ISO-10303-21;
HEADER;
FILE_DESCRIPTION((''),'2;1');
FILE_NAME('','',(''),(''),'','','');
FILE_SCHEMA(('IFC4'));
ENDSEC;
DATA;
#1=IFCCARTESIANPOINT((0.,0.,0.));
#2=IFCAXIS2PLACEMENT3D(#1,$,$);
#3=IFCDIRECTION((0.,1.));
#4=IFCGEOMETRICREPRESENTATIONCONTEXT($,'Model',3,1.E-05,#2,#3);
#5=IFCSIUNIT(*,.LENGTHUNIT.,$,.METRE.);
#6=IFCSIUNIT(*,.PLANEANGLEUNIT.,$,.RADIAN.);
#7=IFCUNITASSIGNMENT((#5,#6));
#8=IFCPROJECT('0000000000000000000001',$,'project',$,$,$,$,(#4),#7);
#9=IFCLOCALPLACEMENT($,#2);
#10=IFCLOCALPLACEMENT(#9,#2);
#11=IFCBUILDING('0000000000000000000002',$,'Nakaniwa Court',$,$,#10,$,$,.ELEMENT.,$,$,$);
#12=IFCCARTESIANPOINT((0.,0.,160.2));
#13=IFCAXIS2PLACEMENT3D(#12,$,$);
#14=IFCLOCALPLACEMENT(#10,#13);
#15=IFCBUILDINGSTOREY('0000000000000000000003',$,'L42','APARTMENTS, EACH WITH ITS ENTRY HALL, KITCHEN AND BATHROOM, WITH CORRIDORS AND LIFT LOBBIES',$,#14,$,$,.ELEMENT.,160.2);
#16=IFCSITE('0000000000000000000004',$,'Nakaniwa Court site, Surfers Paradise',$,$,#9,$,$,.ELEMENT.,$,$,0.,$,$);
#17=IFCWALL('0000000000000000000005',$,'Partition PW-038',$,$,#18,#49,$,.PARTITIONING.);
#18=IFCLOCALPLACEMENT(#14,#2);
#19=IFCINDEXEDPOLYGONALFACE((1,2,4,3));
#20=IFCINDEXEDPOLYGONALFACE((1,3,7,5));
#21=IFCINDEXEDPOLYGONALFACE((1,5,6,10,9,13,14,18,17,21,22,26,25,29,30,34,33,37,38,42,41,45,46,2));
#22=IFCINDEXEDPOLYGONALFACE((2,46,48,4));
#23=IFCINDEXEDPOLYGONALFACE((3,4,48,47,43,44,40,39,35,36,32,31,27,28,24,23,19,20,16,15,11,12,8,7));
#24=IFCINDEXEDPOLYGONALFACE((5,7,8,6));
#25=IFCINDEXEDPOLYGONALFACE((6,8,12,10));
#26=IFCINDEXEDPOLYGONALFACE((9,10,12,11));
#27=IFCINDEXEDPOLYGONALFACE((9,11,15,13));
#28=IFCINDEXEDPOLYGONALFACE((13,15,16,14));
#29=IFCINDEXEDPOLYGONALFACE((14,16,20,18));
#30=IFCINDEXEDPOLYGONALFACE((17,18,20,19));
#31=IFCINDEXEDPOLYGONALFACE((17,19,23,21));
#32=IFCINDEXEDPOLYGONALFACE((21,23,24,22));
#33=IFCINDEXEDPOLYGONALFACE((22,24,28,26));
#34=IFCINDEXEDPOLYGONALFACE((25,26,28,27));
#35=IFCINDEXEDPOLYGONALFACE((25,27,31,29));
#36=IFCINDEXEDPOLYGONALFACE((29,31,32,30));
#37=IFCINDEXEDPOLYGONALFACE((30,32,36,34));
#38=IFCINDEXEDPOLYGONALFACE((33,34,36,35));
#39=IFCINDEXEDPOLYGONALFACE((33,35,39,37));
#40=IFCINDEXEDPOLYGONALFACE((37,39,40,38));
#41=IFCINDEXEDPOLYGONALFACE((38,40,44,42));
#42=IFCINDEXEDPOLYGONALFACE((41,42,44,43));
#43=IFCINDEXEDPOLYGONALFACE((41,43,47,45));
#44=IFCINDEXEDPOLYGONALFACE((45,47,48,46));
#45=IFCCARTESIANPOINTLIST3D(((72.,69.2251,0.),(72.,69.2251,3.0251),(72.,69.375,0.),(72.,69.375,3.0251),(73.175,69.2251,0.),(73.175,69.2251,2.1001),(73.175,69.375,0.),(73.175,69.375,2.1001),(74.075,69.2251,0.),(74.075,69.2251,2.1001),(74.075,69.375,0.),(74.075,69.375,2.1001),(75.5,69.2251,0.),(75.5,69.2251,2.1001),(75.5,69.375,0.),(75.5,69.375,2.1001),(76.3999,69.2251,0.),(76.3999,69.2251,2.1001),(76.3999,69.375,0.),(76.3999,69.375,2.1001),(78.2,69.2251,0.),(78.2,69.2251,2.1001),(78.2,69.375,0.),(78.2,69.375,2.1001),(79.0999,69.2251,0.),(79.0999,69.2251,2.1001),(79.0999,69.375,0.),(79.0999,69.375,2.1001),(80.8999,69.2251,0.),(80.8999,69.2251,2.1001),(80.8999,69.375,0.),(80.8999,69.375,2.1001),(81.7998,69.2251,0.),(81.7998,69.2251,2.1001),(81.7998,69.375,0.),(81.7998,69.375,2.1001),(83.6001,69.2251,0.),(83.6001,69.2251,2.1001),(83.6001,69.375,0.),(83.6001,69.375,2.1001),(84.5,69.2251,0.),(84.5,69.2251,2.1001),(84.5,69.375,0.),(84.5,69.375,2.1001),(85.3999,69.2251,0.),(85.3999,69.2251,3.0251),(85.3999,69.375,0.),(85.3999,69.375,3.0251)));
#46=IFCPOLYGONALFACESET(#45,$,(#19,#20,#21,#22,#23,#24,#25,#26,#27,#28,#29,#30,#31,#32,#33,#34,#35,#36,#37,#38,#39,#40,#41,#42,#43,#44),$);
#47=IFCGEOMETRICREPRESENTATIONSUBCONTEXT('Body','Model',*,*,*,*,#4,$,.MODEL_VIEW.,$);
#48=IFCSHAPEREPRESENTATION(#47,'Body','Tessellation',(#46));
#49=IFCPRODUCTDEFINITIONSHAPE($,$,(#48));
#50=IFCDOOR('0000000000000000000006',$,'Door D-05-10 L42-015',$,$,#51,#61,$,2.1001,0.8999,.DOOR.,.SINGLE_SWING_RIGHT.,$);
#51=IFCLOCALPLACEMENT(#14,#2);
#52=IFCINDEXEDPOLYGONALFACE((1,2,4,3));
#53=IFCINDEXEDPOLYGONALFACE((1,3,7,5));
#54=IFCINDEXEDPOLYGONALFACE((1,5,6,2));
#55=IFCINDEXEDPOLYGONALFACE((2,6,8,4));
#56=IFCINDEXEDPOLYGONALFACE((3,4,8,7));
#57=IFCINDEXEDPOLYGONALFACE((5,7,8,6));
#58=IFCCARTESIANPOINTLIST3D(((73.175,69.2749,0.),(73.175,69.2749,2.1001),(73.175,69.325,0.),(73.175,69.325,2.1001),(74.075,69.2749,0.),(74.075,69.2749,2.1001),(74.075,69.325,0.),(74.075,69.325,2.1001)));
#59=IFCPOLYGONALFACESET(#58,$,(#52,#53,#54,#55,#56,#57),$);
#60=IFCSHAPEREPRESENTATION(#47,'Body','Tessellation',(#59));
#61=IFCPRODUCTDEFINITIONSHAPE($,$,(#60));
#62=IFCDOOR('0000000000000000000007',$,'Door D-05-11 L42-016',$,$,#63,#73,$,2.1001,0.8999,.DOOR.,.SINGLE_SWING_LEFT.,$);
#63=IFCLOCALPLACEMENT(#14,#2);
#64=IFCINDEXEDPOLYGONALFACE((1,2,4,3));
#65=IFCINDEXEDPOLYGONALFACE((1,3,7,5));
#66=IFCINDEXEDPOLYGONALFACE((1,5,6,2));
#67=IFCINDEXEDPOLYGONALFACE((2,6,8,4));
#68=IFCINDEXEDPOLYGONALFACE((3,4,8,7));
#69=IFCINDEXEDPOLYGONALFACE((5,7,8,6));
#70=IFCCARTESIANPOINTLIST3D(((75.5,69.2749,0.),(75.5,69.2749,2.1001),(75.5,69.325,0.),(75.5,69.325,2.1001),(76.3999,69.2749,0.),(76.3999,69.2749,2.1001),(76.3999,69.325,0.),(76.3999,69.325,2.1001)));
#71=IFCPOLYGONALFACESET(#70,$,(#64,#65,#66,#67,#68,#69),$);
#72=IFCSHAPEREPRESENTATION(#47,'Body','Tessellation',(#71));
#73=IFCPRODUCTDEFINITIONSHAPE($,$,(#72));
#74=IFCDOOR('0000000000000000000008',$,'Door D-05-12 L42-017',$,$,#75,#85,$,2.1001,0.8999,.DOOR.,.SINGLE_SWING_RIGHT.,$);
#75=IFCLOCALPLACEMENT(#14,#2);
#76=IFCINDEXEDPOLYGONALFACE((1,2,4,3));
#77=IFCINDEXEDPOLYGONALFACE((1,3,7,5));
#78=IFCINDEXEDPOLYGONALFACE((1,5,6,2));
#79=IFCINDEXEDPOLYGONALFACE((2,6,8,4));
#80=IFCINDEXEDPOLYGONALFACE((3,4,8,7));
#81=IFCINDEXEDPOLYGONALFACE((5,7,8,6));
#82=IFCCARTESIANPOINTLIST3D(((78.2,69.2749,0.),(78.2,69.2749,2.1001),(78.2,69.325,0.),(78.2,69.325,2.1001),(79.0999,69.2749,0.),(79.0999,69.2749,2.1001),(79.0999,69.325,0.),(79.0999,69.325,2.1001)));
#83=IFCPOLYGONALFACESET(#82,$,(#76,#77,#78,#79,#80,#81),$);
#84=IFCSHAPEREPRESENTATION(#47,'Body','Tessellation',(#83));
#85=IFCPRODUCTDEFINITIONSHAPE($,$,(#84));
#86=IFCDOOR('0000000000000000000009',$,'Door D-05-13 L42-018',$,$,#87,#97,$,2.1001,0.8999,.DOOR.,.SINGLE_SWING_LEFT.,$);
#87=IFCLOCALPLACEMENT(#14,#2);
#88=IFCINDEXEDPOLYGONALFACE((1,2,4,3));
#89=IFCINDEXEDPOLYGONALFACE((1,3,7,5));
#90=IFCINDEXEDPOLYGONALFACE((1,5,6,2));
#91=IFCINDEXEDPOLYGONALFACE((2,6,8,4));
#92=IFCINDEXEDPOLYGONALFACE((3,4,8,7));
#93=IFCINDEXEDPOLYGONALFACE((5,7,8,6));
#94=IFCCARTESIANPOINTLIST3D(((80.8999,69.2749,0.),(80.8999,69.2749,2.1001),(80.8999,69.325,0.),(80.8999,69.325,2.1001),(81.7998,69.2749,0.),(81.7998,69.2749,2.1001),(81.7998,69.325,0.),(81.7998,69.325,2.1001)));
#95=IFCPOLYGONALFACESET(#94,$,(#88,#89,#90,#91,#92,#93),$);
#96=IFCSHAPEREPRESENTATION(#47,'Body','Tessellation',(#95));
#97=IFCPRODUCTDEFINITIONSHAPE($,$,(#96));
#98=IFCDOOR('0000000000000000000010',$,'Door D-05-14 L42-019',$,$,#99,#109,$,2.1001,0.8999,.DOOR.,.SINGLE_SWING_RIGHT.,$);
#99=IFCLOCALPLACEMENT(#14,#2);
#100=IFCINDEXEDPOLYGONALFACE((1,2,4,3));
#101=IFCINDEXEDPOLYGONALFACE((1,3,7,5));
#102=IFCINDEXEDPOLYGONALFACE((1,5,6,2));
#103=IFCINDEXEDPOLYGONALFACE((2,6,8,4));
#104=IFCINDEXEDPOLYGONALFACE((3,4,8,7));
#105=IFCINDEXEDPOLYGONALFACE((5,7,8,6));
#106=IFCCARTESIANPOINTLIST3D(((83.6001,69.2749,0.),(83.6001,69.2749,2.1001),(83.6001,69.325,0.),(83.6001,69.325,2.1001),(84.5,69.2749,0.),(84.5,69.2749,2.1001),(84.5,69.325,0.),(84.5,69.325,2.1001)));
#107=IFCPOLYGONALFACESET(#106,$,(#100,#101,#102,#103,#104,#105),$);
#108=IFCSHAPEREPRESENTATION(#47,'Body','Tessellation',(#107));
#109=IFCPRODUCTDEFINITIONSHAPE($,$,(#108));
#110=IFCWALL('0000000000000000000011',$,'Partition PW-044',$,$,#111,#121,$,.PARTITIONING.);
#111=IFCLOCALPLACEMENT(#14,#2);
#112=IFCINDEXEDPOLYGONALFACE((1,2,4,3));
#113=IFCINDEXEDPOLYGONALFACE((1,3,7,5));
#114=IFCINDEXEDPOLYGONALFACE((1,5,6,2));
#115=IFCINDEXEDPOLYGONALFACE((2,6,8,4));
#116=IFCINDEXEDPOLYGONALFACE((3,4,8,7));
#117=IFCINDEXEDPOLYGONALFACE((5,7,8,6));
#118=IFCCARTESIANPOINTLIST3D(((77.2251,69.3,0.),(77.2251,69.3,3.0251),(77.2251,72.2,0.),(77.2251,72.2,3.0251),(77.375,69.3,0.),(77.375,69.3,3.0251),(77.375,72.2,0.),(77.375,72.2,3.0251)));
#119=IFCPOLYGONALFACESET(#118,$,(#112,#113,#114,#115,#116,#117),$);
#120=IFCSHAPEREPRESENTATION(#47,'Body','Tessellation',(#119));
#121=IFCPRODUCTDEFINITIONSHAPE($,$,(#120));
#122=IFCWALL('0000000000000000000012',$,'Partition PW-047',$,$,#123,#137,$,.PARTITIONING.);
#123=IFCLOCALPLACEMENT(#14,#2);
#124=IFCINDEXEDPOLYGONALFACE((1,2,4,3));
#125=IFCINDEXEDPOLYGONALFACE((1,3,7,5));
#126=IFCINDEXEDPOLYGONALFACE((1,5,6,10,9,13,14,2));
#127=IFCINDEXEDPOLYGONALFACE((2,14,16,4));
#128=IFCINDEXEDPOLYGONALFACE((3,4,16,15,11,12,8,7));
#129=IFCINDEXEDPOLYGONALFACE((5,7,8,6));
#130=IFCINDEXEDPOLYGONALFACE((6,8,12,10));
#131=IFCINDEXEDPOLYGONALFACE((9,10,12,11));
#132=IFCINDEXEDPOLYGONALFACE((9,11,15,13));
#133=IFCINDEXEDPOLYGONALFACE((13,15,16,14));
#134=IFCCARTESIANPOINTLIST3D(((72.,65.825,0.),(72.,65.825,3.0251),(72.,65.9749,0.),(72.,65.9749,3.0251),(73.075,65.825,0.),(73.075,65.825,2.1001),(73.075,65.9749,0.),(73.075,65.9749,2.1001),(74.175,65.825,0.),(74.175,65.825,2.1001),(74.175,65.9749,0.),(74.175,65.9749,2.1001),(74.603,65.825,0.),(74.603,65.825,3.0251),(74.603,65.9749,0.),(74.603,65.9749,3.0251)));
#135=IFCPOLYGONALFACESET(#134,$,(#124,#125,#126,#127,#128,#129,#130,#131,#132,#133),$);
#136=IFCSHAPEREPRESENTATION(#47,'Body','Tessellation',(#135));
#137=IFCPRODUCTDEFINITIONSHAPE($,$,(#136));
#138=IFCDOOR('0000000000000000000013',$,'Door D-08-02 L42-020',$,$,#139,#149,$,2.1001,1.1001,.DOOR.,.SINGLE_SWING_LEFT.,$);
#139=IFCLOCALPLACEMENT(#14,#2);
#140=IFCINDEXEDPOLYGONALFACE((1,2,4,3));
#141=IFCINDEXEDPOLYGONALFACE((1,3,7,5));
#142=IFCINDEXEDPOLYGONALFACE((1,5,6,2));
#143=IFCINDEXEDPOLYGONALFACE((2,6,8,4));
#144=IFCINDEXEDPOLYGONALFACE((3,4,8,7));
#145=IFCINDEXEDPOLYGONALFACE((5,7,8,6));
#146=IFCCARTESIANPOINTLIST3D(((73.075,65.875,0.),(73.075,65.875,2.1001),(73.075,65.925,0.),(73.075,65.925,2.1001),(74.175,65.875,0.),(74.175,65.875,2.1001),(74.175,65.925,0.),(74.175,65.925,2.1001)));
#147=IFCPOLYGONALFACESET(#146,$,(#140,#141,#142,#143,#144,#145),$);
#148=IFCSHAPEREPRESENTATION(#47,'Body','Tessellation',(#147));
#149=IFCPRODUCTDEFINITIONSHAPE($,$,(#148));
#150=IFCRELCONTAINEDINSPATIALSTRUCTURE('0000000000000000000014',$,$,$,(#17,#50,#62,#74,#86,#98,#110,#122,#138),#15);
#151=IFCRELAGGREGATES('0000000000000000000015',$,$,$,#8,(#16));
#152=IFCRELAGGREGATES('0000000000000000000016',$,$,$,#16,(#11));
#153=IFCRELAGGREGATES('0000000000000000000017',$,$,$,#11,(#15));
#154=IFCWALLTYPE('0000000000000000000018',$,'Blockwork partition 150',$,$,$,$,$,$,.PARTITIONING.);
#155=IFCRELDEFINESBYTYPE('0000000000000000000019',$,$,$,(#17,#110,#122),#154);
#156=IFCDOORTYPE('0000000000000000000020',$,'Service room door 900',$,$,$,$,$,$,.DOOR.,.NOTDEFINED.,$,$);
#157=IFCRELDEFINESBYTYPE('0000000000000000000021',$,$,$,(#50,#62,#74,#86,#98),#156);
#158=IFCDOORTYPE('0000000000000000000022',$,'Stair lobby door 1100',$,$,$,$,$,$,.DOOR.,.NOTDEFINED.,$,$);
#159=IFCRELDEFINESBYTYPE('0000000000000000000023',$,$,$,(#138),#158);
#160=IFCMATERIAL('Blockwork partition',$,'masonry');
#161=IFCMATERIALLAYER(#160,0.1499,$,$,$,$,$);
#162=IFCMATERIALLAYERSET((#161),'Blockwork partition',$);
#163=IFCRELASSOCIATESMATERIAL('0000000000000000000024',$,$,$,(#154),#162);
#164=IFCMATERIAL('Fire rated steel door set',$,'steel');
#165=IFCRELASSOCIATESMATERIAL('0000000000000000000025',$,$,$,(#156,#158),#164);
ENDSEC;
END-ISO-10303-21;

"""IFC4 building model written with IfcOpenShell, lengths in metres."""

from ifc_helpers import new_model, si_unit, direction, frame, frame_2d, origin, place, context, subcontext, project, spatial, rectangle, extrude, material, layer, layer_set, type_object, element, fill, save


model = new_model("IFC4")

# Units and contexts
model_context = context("Model", 3, precision=1e-05, world=origin(), true_north=direction((0.0, 1.0)))
body_context = subcontext(model_context, "Body", "Model", "MODEL_VIEW")
ifc_project = project(units=[si_unit("LENGTHUNIT", "METRE"), si_unit("PLANEANGLEUNIT", "RADIAN")], contexts=[model_context])

# Site, building, storey
site_placement = place(None, origin())
site = spatial("IfcSite", under=ifc_project, at=site_placement, Name="Nakaniwa Court site, Surfers Paradise", CompositionType="ELEMENT", RefElevation=0.0)
building_placement = place(site_placement, origin())
building = spatial("IfcBuilding", under=site, at=building_placement, Name="Nakaniwa Court", CompositionType="ELEMENT")
storey_placement = place(building_placement, frame((0.0, 0.0, 160.2)))
storey = spatial("IfcBuildingStorey", under=building, at=storey_placement, Name="L42", Description="APARTMENTS, EACH WITH ITS ENTRY HALL, KITCHEN AND BATHROOM, WITH CORRIDORS AND LIFT LOBBIES", CompositionType="ELEMENT", Elevation=160.2)

# Shared definitions
ifc_material_1 = material(Name="Blockwork partition", Category="masonry")
ifc_layer_1 = layer(ifc_material_1, 0.1499)
ifc_layer_set_1 = layer_set([ifc_layer_1], Name="Blockwork partition")
wall_type_1 = type_object("IfcWallType", Name="Blockwork partition 150", PredefinedType="PARTITIONING", material=ifc_layer_set_1)

# Wall, openings, doors
wall_1_placement = place(storey_placement, frame((72.0, 69.3, 0.0), z_axis=(0.0, 0.0, 1.0), x_axis=(1.0, 0.0, 0.0)))
wall_1 = element("IfcWall", 1, at=wall_1_placement, inside=storey, type_object=wall_type_1, Name="Partition PW-038", PredefinedType="PARTITIONING", context=body_context, shape_type="SweptSolid", body=[
    extrude(rectangle(XDim=13.3999, YDim=0.1499, at=frame_2d((6.7, 0.0))), origin(), (0.0, 0.0, 1.0), 3.0251),
])
opening_1_placement = place(wall_1_placement, frame((1.175, 0.0, 0.0)))
opening_1 = element("IfcOpeningElement", 2, at=opening_1_placement, cuts=wall_1, PredefinedType="OPENING", context=body_context, shape_type="SweptSolid", body=[
    extrude(rectangle(XDim=0.8999, YDim=2.1001, at=frame_2d((0.45, 1.05))), frame((0.0, 0.085, 0.0), z_axis=(0.0, -1.0, 0.0), x_axis=(1.0, 0.0, 0.0)), (0.0, 0.0, 1.0), 0.1699),
])
opening_2_placement = place(wall_1_placement, frame((3.5, 0.0, 0.0)))
opening_2 = element("IfcOpeningElement", 3, at=opening_2_placement, cuts=wall_1, PredefinedType="OPENING", context=body_context, shape_type="SweptSolid", body=[
    extrude(rectangle(XDim=0.8999, YDim=2.1001, at=frame_2d((0.45, 1.05))), frame((0.0, 0.085, 0.0), z_axis=(0.0, -1.0, 0.0), x_axis=(1.0, 0.0, 0.0)), (0.0, 0.0, 1.0), 0.1699),
])
opening_3_placement = place(wall_1_placement, frame((6.2, 0.0, 0.0)))
opening_3 = element("IfcOpeningElement", 4, at=opening_3_placement, cuts=wall_1, PredefinedType="OPENING", context=body_context, shape_type="SweptSolid", body=[
    extrude(rectangle(XDim=0.8999, YDim=2.1001, at=frame_2d((0.45, 1.05))), frame((0.0, 0.085, 0.0), z_axis=(0.0, -1.0, 0.0), x_axis=(1.0, 0.0, 0.0)), (0.0, 0.0, 1.0), 0.1699),
])
opening_4_placement = place(wall_1_placement, frame((8.8999, 0.0, 0.0)))
opening_4 = element("IfcOpeningElement", 5, at=opening_4_placement, cuts=wall_1, PredefinedType="OPENING", context=body_context, shape_type="SweptSolid", body=[
    extrude(rectangle(XDim=0.8999, YDim=2.1001, at=frame_2d((0.45, 1.05))), frame((0.0, 0.085, 0.0), z_axis=(0.0, -1.0, 0.0), x_axis=(1.0, 0.0, 0.0)), (0.0, 0.0, 1.0), 0.1699),
])
opening_5_placement = place(wall_1_placement, frame((11.6001, 0.0, 0.0)))
opening_5 = element("IfcOpeningElement", 6, at=opening_5_placement, cuts=wall_1, PredefinedType="OPENING", context=body_context, shape_type="SweptSolid", body=[
    extrude(rectangle(XDim=0.8999, YDim=2.1001, at=frame_2d((0.45, 1.05))), frame((0.0, 0.085, 0.0), z_axis=(0.0, -1.0, 0.0), x_axis=(1.0, 0.0, 0.0)), (0.0, 0.0, 1.0), 0.1699),
])
ifc_material_2 = material(Name="Fire rated steel door set", Category="steel")
door_type_1 = type_object("IfcDoorType", Name="Service room door 900", OperationType="NOTDEFINED", PredefinedType="DOOR", material=ifc_material_2)
door_1_placement = place(opening_1_placement, origin())
door_1 = element("IfcDoor", 7, at=door_1_placement, inside=storey, type_object=door_type_1, Name="Door D-05-10 L42-015", OperationType="SINGLE_SWING_RIGHT", OverallHeight=2.1001, OverallWidth=0.8999, PredefinedType="DOOR", context=body_context, shape_type="SweptSolid", body=[
    extrude(rectangle(XDim=0.8999, YDim=2.1001, at=frame_2d((0.45, 1.05))), frame((0.0, 0.0249, 0.0), z_axis=(0.0, -1.0, 0.0), x_axis=(1.0, 0.0, 0.0)), (0.0, 0.0, 1.0), 0.05),
])
fill(opening_1, door_1)
door_2_placement = place(opening_2_placement, origin())
door_2 = element("IfcDoor", 8, at=door_2_placement, inside=storey, type_object=door_type_1, Name="Door D-05-11 L42-016", OperationType="SINGLE_SWING_LEFT", OverallHeight=2.1001, OverallWidth=0.8999, PredefinedType="DOOR", context=body_context, shape_type="SweptSolid", body=[
    extrude(rectangle(XDim=0.8999, YDim=2.1001, at=frame_2d((0.45, 1.05))), frame((0.0, 0.0249, 0.0), z_axis=(0.0, -1.0, 0.0), x_axis=(1.0, 0.0, 0.0)), (0.0, 0.0, 1.0), 0.05),
])
fill(opening_2, door_2)
door_3_placement = place(opening_3_placement, origin())
door_3 = element("IfcDoor", 9, at=door_3_placement, inside=storey, type_object=door_type_1, Name="Door D-05-12 L42-017", OperationType="SINGLE_SWING_RIGHT", OverallHeight=2.1001, OverallWidth=0.8999, PredefinedType="DOOR", context=body_context, shape_type="SweptSolid", body=[
    extrude(rectangle(XDim=0.8999, YDim=2.1001, at=frame_2d((0.45, 1.05))), frame((0.0, 0.0249, 0.0), z_axis=(0.0, -1.0, 0.0), x_axis=(1.0, 0.0, 0.0)), (0.0, 0.0, 1.0), 0.05),
])
fill(opening_3, door_3)
door_4_placement = place(opening_4_placement, origin())
door_4 = element("IfcDoor", 10, at=door_4_placement, inside=storey, type_object=door_type_1, Name="Door D-05-13 L42-018", OperationType="SINGLE_SWING_LEFT", OverallHeight=2.1001, OverallWidth=0.8999, PredefinedType="DOOR", context=body_context, shape_type="SweptSolid", body=[
    extrude(rectangle(XDim=0.8999, YDim=2.1001, at=frame_2d((0.45, 1.05))), frame((0.0, 0.0249, 0.0), z_axis=(0.0, -1.0, 0.0), x_axis=(1.0, 0.0, 0.0)), (0.0, 0.0, 1.0), 0.05),
])
fill(opening_4, door_4)
door_5_placement = place(opening_5_placement, origin())
door_5 = element("IfcDoor", 11, at=door_5_placement, inside=storey, type_object=door_type_1, Name="Door D-05-14 L42-019", OperationType="SINGLE_SWING_RIGHT", OverallHeight=2.1001, OverallWidth=0.8999, PredefinedType="DOOR", context=body_context, shape_type="SweptSolid", body=[
    extrude(rectangle(XDim=0.8999, YDim=2.1001, at=frame_2d((0.45, 1.05))), frame((0.0, 0.0249, 0.0), z_axis=(0.0, -1.0, 0.0), x_axis=(1.0, 0.0, 0.0)), (0.0, 0.0, 1.0), 0.05),
])
fill(opening_5, door_5)

# Wall
wall_2_placement = place(storey_placement, frame((77.3, 69.3, 0.0), z_axis=(0.0, 0.0, 1.0), x_axis=(0.0, 1.0, 0.0)))
element("IfcWall", 12, at=wall_2_placement, inside=storey, type_object=wall_type_1, Name="Partition PW-044", PredefinedType="PARTITIONING", context=body_context, shape_type="SweptSolid", body=[
    extrude(rectangle(XDim=2.8999, YDim=0.1499, at=frame_2d((1.45, 0.0))), origin(), (0.0, 0.0, 1.0), 3.0251),
])

# Wall, opening, door
wall_3_placement = place(storey_placement, frame((74.603, 65.8999, 0.0), z_axis=(0.0, 0.0, 1.0), x_axis=(-1.0, 0.0, 0.0)))
wall_3 = element("IfcWall", 13, at=wall_3_placement, inside=storey, type_object=wall_type_1, Name="Partition PW-047", PredefinedType="PARTITIONING", context=body_context, shape_type="SweptSolid", body=[
    extrude(rectangle(XDim=2.603, YDim=0.1499, at=frame_2d((1.3015, 0.0))), origin(), (0.0, 0.0, 1.0), 3.0251),
])
opening_6_placement = place(wall_3_placement, frame((0.428, 0.0, 0.0)))
opening_6 = element("IfcOpeningElement", 14, at=opening_6_placement, cuts=wall_3, PredefinedType="OPENING", context=body_context, shape_type="SweptSolid", body=[
    extrude(rectangle(XDim=1.1001, YDim=2.1001, at=frame_2d((0.55, 1.05))), frame((0.0, 0.085, 0.0), z_axis=(0.0, -1.0, 0.0), x_axis=(1.0, 0.0, 0.0)), (0.0, 0.0, 1.0), 0.1699),
])
door_type_2 = type_object("IfcDoorType", Name="Stair lobby door 1100", OperationType="NOTDEFINED", PredefinedType="DOOR", material=ifc_material_2)
door_6_placement = place(opening_6_placement, origin())
door_6 = element("IfcDoor", 15, at=door_6_placement, inside=storey, type_object=door_type_2, Name="Door D-08-02 L42-020", OperationType="SINGLE_SWING_LEFT", OverallHeight=2.1001, OverallWidth=1.1001, PredefinedType="DOOR", context=body_context, shape_type="SweptSolid", body=[
    extrude(rectangle(XDim=1.1001, YDim=2.1001, at=frame_2d((0.55, 1.05))), frame((0.0, 0.0249, 0.0), z_axis=(0.0, -1.0, 0.0), x_axis=(1.0, 0.0, 0.0)), (0.0, 0.0, 1.0), 0.05),
])
fill(opening_6, door_6)

save(model, "model.ifc")
